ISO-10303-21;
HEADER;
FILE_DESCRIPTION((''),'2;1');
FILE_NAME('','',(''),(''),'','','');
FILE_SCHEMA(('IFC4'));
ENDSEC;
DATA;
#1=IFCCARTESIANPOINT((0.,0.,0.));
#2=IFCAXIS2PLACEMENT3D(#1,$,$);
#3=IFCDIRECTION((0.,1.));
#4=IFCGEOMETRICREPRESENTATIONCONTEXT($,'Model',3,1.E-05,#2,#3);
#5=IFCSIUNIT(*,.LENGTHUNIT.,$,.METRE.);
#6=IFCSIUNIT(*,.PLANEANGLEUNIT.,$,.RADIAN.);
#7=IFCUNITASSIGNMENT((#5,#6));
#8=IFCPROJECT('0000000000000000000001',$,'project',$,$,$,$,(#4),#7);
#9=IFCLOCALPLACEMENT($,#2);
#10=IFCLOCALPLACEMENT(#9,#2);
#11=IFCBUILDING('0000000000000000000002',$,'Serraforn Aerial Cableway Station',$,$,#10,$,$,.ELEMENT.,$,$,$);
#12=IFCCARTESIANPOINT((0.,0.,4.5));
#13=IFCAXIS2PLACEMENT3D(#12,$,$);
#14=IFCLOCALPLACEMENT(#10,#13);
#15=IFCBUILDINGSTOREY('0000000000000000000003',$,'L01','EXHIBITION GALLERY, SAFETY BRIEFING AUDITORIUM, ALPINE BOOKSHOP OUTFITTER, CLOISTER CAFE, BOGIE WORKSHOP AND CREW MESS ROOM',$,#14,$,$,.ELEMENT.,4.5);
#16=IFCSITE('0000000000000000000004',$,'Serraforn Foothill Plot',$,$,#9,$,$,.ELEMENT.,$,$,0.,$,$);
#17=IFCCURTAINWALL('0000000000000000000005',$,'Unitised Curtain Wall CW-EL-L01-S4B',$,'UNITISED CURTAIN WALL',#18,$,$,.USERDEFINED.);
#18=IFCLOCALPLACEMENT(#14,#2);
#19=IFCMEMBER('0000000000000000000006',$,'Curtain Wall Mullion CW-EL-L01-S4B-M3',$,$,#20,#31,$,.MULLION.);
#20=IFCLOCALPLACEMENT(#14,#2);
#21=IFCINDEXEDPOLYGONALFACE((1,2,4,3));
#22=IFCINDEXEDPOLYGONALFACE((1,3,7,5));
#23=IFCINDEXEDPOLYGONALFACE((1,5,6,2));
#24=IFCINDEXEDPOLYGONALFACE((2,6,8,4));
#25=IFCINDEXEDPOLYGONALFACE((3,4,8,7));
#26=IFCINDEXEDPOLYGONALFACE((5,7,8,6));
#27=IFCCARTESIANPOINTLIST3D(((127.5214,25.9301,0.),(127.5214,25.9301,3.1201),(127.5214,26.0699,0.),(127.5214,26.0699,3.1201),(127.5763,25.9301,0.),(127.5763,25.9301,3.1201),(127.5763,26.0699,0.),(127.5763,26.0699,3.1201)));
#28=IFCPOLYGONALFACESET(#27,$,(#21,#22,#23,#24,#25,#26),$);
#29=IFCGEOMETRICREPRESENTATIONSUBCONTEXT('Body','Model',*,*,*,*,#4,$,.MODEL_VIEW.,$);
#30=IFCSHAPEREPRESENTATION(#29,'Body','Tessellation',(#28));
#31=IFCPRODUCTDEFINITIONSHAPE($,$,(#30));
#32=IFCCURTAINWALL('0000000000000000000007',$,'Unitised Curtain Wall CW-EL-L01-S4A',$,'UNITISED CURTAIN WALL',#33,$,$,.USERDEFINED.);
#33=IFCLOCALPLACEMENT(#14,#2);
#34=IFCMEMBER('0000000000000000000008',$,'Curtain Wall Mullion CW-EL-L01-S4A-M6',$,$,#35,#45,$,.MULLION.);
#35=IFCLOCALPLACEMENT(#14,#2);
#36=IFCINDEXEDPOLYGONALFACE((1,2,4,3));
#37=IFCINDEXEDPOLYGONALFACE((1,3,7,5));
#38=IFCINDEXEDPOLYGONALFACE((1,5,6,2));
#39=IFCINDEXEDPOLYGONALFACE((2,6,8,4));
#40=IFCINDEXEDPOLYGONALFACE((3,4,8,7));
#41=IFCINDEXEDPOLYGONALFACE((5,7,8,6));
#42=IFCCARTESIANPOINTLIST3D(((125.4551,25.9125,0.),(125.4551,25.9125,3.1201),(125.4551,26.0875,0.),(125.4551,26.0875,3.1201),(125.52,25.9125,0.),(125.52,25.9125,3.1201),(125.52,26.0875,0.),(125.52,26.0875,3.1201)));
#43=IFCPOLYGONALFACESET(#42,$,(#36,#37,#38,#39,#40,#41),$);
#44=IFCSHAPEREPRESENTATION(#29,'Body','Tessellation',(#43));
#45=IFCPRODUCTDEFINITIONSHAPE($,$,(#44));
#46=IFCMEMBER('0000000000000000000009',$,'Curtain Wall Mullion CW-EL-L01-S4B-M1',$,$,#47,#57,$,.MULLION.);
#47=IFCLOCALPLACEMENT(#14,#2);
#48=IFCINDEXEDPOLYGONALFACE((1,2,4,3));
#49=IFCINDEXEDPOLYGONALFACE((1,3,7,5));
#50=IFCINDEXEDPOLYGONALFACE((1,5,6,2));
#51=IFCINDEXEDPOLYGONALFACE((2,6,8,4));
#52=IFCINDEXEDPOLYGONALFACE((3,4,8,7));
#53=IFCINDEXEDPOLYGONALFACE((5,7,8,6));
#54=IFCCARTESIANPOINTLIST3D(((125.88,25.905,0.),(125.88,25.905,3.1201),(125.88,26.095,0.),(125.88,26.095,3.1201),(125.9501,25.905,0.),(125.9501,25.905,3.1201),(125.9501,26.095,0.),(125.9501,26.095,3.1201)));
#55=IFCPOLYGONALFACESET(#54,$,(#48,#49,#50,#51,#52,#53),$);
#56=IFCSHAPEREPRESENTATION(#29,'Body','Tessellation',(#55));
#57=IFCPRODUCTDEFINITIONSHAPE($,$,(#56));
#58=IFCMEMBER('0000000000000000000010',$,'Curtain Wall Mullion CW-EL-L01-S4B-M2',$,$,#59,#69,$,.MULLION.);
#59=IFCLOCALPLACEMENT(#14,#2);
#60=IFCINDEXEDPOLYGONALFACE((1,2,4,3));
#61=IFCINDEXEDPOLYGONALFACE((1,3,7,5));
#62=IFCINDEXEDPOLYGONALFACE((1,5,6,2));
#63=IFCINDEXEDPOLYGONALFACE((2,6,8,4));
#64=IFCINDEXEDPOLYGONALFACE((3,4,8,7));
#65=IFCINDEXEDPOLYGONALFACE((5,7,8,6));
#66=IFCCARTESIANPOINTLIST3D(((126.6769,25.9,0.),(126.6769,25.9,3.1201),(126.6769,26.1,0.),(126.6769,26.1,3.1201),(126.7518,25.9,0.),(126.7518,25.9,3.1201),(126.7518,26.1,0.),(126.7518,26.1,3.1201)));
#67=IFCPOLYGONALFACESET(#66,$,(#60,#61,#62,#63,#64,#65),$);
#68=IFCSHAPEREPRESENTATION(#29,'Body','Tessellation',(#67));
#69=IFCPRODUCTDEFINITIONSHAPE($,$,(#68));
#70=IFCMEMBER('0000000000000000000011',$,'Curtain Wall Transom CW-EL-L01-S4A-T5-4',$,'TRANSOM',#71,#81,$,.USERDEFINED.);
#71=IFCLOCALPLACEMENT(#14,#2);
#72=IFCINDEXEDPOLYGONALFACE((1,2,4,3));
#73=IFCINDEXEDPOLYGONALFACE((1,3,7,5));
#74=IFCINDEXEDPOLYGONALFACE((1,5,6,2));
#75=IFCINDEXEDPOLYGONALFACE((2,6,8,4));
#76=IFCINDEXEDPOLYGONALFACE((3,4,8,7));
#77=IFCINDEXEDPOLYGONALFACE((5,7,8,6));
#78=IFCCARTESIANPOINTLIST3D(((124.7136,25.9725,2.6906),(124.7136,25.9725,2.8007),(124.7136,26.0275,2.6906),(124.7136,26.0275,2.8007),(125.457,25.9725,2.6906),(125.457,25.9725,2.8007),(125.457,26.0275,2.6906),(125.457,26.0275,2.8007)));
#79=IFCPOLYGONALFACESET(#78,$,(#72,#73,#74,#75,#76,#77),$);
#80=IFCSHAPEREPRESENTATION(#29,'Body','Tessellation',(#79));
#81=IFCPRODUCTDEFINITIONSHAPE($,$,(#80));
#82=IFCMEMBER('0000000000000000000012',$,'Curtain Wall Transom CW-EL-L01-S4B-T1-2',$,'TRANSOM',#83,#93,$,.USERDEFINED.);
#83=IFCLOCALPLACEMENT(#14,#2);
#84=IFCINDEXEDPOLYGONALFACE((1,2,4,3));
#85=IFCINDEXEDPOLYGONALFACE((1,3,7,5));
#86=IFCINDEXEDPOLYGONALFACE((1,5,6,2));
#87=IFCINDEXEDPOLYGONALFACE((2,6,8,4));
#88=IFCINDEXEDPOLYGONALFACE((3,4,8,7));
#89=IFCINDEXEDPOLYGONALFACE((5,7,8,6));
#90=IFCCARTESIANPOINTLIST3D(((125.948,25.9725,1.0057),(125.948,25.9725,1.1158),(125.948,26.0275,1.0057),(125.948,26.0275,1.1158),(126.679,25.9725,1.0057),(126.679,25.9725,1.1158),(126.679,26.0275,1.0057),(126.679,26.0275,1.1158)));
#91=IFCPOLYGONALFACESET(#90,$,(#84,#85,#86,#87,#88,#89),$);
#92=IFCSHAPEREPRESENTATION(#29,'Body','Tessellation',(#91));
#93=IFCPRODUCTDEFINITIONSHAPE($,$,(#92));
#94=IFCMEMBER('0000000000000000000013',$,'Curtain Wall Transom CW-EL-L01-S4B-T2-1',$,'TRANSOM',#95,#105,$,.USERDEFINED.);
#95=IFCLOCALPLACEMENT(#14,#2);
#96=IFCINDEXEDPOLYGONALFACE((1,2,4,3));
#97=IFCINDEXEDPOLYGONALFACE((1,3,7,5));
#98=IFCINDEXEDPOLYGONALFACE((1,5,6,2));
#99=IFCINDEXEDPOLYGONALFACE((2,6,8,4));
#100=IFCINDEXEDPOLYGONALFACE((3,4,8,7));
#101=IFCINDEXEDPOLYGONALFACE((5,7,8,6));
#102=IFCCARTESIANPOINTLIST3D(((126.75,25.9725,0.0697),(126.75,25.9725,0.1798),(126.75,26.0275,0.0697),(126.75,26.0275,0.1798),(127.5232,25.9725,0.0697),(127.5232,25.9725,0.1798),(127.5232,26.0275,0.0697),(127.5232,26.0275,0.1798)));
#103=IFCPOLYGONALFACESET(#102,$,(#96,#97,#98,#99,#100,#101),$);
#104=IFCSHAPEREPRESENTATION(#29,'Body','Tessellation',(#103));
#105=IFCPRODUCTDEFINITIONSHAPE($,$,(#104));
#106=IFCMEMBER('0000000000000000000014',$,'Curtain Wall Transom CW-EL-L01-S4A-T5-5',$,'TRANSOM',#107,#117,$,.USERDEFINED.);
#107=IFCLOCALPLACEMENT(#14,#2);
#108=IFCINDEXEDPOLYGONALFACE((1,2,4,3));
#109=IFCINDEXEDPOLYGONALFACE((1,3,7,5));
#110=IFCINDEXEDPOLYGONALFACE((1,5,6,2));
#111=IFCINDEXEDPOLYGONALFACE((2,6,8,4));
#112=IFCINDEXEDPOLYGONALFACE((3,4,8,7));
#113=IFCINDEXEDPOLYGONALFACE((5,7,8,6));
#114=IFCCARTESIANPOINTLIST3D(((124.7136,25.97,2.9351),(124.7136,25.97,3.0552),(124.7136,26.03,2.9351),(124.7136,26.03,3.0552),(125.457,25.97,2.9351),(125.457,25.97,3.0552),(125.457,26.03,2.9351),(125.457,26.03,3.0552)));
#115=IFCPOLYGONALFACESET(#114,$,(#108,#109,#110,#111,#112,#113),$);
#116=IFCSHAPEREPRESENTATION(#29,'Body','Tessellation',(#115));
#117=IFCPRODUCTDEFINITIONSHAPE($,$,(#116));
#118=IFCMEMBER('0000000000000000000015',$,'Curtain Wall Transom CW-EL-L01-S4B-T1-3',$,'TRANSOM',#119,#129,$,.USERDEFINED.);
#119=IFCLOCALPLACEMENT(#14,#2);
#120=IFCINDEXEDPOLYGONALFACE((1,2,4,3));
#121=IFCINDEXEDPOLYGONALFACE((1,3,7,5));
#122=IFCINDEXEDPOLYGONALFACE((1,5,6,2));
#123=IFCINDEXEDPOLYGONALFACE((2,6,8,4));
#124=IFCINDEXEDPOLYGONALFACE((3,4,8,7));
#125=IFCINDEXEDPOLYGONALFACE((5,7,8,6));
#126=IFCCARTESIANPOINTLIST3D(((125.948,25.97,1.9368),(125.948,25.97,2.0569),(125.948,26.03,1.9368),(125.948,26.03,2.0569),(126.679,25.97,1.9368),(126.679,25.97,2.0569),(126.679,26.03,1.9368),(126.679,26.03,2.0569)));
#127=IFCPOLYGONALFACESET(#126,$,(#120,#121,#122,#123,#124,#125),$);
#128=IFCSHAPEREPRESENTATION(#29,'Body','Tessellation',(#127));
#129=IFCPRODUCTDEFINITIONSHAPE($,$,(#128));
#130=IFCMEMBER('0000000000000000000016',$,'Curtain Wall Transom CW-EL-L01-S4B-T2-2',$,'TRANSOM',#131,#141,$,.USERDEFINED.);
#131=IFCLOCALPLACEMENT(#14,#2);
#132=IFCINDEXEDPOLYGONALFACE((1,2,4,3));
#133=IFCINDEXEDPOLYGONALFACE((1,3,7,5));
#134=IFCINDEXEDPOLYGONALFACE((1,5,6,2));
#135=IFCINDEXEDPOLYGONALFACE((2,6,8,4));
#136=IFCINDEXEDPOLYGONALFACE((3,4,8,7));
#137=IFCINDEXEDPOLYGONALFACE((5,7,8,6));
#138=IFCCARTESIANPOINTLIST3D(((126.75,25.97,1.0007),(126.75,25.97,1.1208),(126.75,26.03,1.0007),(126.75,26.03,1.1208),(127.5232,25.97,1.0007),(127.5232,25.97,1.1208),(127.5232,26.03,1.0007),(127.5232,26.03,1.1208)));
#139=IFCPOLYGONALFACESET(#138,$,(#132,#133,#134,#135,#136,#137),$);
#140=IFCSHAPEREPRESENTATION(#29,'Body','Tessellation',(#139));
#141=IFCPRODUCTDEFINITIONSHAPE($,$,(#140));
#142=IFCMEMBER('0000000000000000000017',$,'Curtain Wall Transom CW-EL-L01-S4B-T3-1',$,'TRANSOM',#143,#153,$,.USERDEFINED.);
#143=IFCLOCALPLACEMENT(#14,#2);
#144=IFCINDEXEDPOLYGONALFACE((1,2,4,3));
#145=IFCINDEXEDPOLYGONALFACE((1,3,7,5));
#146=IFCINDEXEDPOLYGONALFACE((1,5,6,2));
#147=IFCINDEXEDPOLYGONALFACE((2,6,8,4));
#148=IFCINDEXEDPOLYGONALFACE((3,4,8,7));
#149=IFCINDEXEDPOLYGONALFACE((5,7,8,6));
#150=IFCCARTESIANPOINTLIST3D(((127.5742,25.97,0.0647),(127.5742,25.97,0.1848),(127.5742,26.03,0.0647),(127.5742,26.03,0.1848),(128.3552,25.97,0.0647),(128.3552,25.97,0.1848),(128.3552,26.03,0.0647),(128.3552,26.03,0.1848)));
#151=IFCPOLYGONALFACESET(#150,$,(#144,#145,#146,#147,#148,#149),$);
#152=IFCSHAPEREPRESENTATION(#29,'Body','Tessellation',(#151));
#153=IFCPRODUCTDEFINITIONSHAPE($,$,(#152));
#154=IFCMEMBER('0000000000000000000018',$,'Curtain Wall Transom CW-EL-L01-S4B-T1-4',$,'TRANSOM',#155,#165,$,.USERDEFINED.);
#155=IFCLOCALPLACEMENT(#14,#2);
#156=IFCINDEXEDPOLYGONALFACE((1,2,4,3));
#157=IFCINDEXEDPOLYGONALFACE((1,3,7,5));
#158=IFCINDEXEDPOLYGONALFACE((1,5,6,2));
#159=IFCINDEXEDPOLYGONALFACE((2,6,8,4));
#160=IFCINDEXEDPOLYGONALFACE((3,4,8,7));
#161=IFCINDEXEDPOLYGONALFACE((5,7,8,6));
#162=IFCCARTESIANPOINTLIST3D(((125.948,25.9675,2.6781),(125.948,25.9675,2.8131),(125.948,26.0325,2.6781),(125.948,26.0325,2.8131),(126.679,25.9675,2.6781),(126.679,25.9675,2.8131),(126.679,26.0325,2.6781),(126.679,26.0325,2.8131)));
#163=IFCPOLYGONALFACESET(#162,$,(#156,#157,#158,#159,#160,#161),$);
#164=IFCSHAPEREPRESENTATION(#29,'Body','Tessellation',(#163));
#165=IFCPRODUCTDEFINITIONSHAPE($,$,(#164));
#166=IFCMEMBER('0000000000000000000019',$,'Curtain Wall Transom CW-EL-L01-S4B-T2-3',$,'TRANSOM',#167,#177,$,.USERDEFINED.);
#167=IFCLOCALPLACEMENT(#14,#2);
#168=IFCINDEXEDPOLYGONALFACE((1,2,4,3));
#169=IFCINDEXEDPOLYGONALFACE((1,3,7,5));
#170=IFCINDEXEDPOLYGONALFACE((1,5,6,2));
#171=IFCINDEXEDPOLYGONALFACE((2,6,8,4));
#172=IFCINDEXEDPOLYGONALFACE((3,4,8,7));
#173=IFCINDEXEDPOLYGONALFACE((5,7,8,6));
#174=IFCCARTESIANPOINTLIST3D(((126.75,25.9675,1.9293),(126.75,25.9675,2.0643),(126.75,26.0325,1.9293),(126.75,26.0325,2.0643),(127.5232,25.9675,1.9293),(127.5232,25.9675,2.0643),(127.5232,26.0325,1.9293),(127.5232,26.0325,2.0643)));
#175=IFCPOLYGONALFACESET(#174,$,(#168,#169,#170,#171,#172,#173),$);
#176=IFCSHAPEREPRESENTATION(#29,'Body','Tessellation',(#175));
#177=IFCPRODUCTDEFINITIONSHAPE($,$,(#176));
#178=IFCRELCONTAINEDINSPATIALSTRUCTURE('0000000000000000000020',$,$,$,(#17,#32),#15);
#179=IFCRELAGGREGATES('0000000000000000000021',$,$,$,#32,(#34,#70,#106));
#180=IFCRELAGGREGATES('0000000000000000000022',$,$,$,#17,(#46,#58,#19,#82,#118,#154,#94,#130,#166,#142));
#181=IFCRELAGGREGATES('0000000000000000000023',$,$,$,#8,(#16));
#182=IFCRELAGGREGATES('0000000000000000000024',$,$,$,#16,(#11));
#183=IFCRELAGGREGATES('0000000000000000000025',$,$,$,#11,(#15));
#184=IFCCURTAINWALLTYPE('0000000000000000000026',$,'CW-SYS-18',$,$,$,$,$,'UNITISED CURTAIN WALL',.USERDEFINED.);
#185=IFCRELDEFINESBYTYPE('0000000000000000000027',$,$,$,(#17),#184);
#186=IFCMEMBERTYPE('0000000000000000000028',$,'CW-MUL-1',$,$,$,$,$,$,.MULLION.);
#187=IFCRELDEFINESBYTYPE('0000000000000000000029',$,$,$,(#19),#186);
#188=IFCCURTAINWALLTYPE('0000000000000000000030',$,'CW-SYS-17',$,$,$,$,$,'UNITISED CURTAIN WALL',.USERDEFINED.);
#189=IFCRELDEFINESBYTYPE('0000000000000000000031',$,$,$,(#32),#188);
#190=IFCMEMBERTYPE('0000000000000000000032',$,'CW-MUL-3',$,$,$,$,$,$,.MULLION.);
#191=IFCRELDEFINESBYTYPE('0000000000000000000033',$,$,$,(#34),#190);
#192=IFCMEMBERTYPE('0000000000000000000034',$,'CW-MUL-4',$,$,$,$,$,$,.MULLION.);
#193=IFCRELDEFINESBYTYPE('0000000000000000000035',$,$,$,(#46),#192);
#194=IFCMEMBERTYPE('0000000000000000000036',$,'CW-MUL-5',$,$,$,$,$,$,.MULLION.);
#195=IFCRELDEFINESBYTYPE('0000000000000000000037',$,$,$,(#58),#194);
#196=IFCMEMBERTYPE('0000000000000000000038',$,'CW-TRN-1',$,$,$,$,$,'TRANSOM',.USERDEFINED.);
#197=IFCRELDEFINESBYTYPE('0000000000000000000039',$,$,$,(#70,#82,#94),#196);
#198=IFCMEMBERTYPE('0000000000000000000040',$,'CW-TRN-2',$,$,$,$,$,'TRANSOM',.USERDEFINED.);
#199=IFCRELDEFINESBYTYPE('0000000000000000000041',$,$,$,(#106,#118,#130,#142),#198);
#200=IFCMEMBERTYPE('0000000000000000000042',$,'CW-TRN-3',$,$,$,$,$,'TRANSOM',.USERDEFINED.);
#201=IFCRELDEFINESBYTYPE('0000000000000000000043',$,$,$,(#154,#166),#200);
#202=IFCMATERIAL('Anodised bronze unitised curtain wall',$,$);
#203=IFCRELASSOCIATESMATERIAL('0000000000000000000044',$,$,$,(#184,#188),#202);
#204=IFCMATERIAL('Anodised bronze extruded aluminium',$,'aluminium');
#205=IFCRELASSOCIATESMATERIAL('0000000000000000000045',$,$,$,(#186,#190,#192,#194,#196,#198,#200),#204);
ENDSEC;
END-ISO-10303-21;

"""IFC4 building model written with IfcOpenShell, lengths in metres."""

from ifc_helpers import new_model, si_unit, direction, frame, origin, origin_2d, place, context, subcontext, project, spatial, rectangle, extrude, material, material_profile, profile_set, type_object, element, aggregate, save


model = new_model("IFC4")

# Units and contexts
model_context = context("Model", 3, precision=1e-05, world=origin(), true_north=direction((0.0, 1.0)))
body_context = subcontext(model_context, "Body", "Model", "MODEL_VIEW")
ifc_project = project(units=[si_unit("LENGTHUNIT", "METRE"), si_unit("PLANEANGLEUNIT", "RADIAN")], contexts=[model_context])

# Site, building, storey
site_placement = place(None, origin())
site = spatial("IfcSite", under=ifc_project, at=site_placement, Name="Serraforn Foothill Plot", CompositionType="ELEMENT", RefElevation=0.0)
building_placement = place(site_placement, origin())
building = spatial("IfcBuilding", under=site, at=building_placement, Name="Serraforn Aerial Cableway Station", CompositionType="ELEMENT")
storey_placement = place(building_placement, frame((0.0, 0.0, 4.5)))
storey = spatial("IfcBuildingStorey", under=building, at=storey_placement, Name="L01", Description="EXHIBITION GALLERY, SAFETY BRIEFING AUDITORIUM, ALPINE BOOKSHOP OUTFITTER, CLOISTER CAFE, BOGIE WORKSHOP AND CREW MESS ROOM", CompositionType="ELEMENT", Elevation=4.5)

# Curtain walls, members
ifc_material_1 = material(Name="Anodised bronze unitised curtain wall")
curtain_wall_type_1 = type_object("IfcCurtainWallType", Name="CW-SYS-18", ElementType="UNITISED CURTAIN WALL", PredefinedType="USERDEFINED", material=ifc_material_1)
curtain_wall_1_placement = place(storey_placement, origin())
curtain_wall_1 = element("IfcCurtainWall", 1, at=curtain_wall_1_placement, inside=storey, type_object=curtain_wall_type_1, Name="Unitised Curtain Wall CW-EL-L01-S4B", ObjectType="UNITISED CURTAIN WALL", PredefinedType="USERDEFINED")
ifc_material_2 = material(Name="Anodised bronze extruded aluminium", Category="aluminium")
ifc_material_profile_1 = material_profile(ifc_material_2, rectangle(XDim=0.0549, YDim=0.1399, at=origin_2d()), Name="CW MULLION 55x140")
ifc_profile_set_1 = profile_set([ifc_material_profile_1], Name="Anodised bronze extruded aluminium")
member_type_1 = type_object("IfcMemberType", Name="CW-MUL-1", PredefinedType="MULLION", material=ifc_profile_set_1)
member_1_placement = place(storey_placement, frame((127.5488, 26.0, 0.0), z_axis=(0.0, 0.0, 1.0), x_axis=(1.0, 0.0, 0.0)))
member_1 = element("IfcMember", 2, at=member_1_placement, type_object=member_type_1, Name="Curtain Wall Mullion CW-EL-L01-S4B-M3", PredefinedType="MULLION", context=body_context, shape_type="SweptSolid", body=[
    extrude(rectangle(XDim=0.0549, YDim=0.1399, at=origin_2d()), origin(), (0.0, 0.0, 1.0), 3.1201),
])
curtain_wall_type_2 = type_object("IfcCurtainWallType", Name="CW-SYS-17", ElementType="UNITISED CURTAIN WALL", PredefinedType="USERDEFINED", material=ifc_material_1)
curtain_wall_2_placement = place(storey_placement, origin())
curtain_wall_2 = element("IfcCurtainWall", 3, at=curtain_wall_2_placement, inside=storey, type_object=curtain_wall_type_2, Name="Unitised Curtain Wall CW-EL-L01-S4A", ObjectType="UNITISED CURTAIN WALL", PredefinedType="USERDEFINED")
ifc_material_profile_2 = material_profile(ifc_material_2, rectangle(XDim=0.0649, YDim=0.175, at=origin_2d()), Name="CW MULLION 65x175")
ifc_profile_set_2 = profile_set([ifc_material_profile_2], Name="Anodised bronze extruded aluminium")
member_type_2 = type_object("IfcMemberType", Name="CW-MUL-3", PredefinedType="MULLION", material=ifc_profile_set_2)
member_2_placement = place(storey_placement, frame((125.4875, 26.0, 0.0), z_axis=(0.0, 0.0, 1.0), x_axis=(1.0, 0.0, 0.0)))
member_2 = element("IfcMember", 4, at=member_2_placement, type_object=member_type_2, Name="Curtain Wall Mullion CW-EL-L01-S4A-M6", PredefinedType="MULLION", context=body_context, shape_type="SweptSolid", body=[
    extrude(rectangle(XDim=0.0649, YDim=0.175, at=origin_2d()), origin(), (0.0, 0.0, 1.0), 3.1201),
])

# Members
ifc_material_profile_3 = material_profile(ifc_material_2, rectangle(XDim=0.0701, YDim=0.1899, at=origin_2d()), Name="CW MULLION 70x190")
ifc_profile_set_3 = profile_set([ifc_material_profile_3], Name="Anodised bronze extruded aluminium")
member_type_3 = type_object("IfcMemberType", Name="CW-MUL-4", PredefinedType="MULLION", material=ifc_profile_set_3)
member_3_placement = place(storey_placement, frame((125.915, 26.0, 0.0), z_axis=(0.0, 0.0, 1.0), x_axis=(1.0, 0.0, 0.0)))
member_3 = element("IfcMember", 5, at=member_3_placement, type_object=member_type_3, Name="Curtain Wall Mullion CW-EL-L01-S4B-M1", PredefinedType="MULLION", context=body_context, shape_type="SweptSolid", body=[
    extrude(rectangle(XDim=0.0701, YDim=0.1899, at=origin_2d()), origin(), (0.0, 0.0, 1.0), 3.1201),
])
ifc_material_profile_4 = material_profile(ifc_material_2, rectangle(XDim=0.075, YDim=0.2, at=origin_2d()), Name="CW MULLION 75x200")
ifc_profile_set_4 = profile_set([ifc_material_profile_4], Name="Anodised bronze extruded aluminium")
member_type_4 = type_object("IfcMemberType", Name="CW-MUL-5", PredefinedType="MULLION", material=ifc_profile_set_4)
member_4_placement = place(storey_placement, frame((126.7144, 26.0, 0.0), z_axis=(0.0, 0.0, 1.0), x_axis=(1.0, 0.0, 0.0)))
member_4 = element("IfcMember", 6, at=member_4_placement, type_object=member_type_4, Name="Curtain Wall Mullion CW-EL-L01-S4B-M2", PredefinedType="MULLION", context=body_context, shape_type="SweptSolid", body=[
    extrude(rectangle(XDim=0.075, YDim=0.2, at=origin_2d()), origin(), (0.0, 0.0, 1.0), 3.1201),
])
ifc_material_profile_5 = material_profile(ifc_material_2, rectangle(XDim=0.0549, YDim=0.1101, at=origin_2d()), Name="CW TRANSOM 55x110")
ifc_profile_set_5 = profile_set([ifc_material_profile_5], Name="Anodised bronze extruded aluminium")
member_type_5 = type_object("IfcMemberType", Name="CW-TRN-1", ElementType="TRANSOM", PredefinedType="USERDEFINED", material=ifc_profile_set_5)
member_5_placement = place(storey_placement, frame((124.7136, 26.0, 2.7456), z_axis=(1.0, 0.0, 0.0), x_axis=(0.0, 1.0, 0.0)))
member_5 = element("IfcMember", 7, at=member_5_placement, type_object=member_type_5, Name="Curtain Wall Transom CW-EL-L01-S4A-T5-4", ObjectType="TRANSOM", PredefinedType="USERDEFINED", context=body_context, shape_type="SweptSolid", body=[
    extrude(rectangle(XDim=0.0549, YDim=0.1101, at=origin_2d()), origin(), (0.0, 0.0, 1.0), 0.7434),
])
member_6_placement = place(storey_placement, frame((125.948, 26.0, 1.0608), z_axis=(1.0, 0.0, 0.0), x_axis=(0.0, 1.0, 0.0)))
member_6 = element("IfcMember", 8, at=member_6_placement, type_object=member_type_5, Name="Curtain Wall Transom CW-EL-L01-S4B-T1-2", ObjectType="TRANSOM", PredefinedType="USERDEFINED", context=body_context, shape_type="SweptSolid", body=[
    extrude(rectangle(XDim=0.0549, YDim=0.1101, at=origin_2d()), origin(), (0.0, 0.0, 1.0), 0.731),
])
member_7_placement = place(storey_placement, frame((126.75, 26.0, 0.1248), z_axis=(1.0, 0.0, 0.0), x_axis=(0.0, 1.0, 0.0)))
member_7 = element("IfcMember", 9, at=member_7_placement, type_object=member_type_5, Name="Curtain Wall Transom CW-EL-L01-S4B-T2-1", ObjectType="TRANSOM", PredefinedType="USERDEFINED", context=body_context, shape_type="SweptSolid", body=[
    extrude(rectangle(XDim=0.0549, YDim=0.1101, at=origin_2d()), origin(), (0.0, 0.0, 1.0), 0.7732),
])
ifc_material_profile_6 = material_profile(ifc_material_2, rectangle(XDim=0.0601, YDim=0.1201, at=origin_2d()), Name="CW TRANSOM 60x120")
ifc_profile_set_6 = profile_set([ifc_material_profile_6], Name="Anodised bronze extruded aluminium")
member_type_6 = type_object("IfcMemberType", Name="CW-TRN-2", ElementType="TRANSOM", PredefinedType="USERDEFINED", material=ifc_profile_set_6)
member_8_placement = place(storey_placement, frame((124.7136, 26.0, 2.9951), z_axis=(1.0, 0.0, 0.0), x_axis=(0.0, 1.0, 0.0)))
member_8 = element("IfcMember", 10, at=member_8_placement, type_object=member_type_6, Name="Curtain Wall Transom CW-EL-L01-S4A-T5-5", ObjectType="TRANSOM", PredefinedType="USERDEFINED", context=body_context, shape_type="SweptSolid", body=[
    extrude(rectangle(XDim=0.0601, YDim=0.1201, at=origin_2d()), origin(), (0.0, 0.0, 1.0), 0.7434),
])
member_9_placement = place(storey_placement, frame((125.948, 26.0, 1.9968), z_axis=(1.0, 0.0, 0.0), x_axis=(0.0, 1.0, 0.0)))
member_9 = element("IfcMember", 11, at=member_9_placement, type_object=member_type_6, Name="Curtain Wall Transom CW-EL-L01-S4B-T1-3", ObjectType="TRANSOM", PredefinedType="USERDEFINED", context=body_context, shape_type="SweptSolid", body=[
    extrude(rectangle(XDim=0.0601, YDim=0.1201, at=origin_2d()), origin(), (0.0, 0.0, 1.0), 0.731),
])
member_10_placement = place(storey_placement, frame((126.75, 26.0, 1.0608), z_axis=(1.0, 0.0, 0.0), x_axis=(0.0, 1.0, 0.0)))
member_10 = element("IfcMember", 12, at=member_10_placement, type_object=member_type_6, Name="Curtain Wall Transom CW-EL-L01-S4B-T2-2", ObjectType="TRANSOM", PredefinedType="USERDEFINED", context=body_context, shape_type="SweptSolid", body=[
    extrude(rectangle(XDim=0.0601, YDim=0.1201, at=origin_2d()), origin(), (0.0, 0.0, 1.0), 0.7732),
])
member_11_placement = place(storey_placement, frame((127.5742, 26.0, 0.1248), z_axis=(1.0, 0.0, 0.0), x_axis=(0.0, 1.0, 0.0)))
member_11 = element("IfcMember", 13, at=member_11_placement, type_object=member_type_6, Name="Curtain Wall Transom CW-EL-L01-S4B-T3-1", ObjectType="TRANSOM", PredefinedType="USERDEFINED", context=body_context, shape_type="SweptSolid", body=[
    extrude(rectangle(XDim=0.0601, YDim=0.1201, at=origin_2d()), origin(), (0.0, 0.0, 1.0), 0.781),
])
ifc_material_profile_7 = material_profile(ifc_material_2, rectangle(XDim=0.0649, YDim=0.135, at=origin_2d()), Name="CW TRANSOM 65x135")
ifc_profile_set_7 = profile_set([ifc_material_profile_7], Name="Anodised bronze extruded aluminium")
member_type_7 = type_object("IfcMemberType", Name="CW-TRN-3", ElementType="TRANSOM", PredefinedType="USERDEFINED", material=ifc_profile_set_7)
member_12_placement = place(storey_placement, frame((125.948, 26.0, 2.7456), z_axis=(1.0, 0.0, 0.0), x_axis=(0.0, 1.0, 0.0)))
member_12 = element("IfcMember", 14, at=member_12_placement, type_object=member_type_7, Name="Curtain Wall Transom CW-EL-L01-S4B-T1-4", ObjectType="TRANSOM", PredefinedType="USERDEFINED", context=body_context, shape_type="SweptSolid", body=[
    extrude(rectangle(XDim=0.0649, YDim=0.135, at=origin_2d()), origin(), (0.0, 0.0, 1.0), 0.731),
])
member_13_placement = place(storey_placement, frame((126.75, 26.0, 1.9968), z_axis=(1.0, 0.0, 0.0), x_axis=(0.0, 1.0, 0.0)))
member_13 = element("IfcMember", 15, at=member_13_placement, type_object=member_type_7, Name="Curtain Wall Transom CW-EL-L01-S4B-T2-3", ObjectType="TRANSOM", PredefinedType="USERDEFINED", context=body_context, shape_type="SweptSolid", body=[
    extrude(rectangle(XDim=0.0649, YDim=0.135, at=origin_2d()), origin(), (0.0, 0.0, 1.0), 0.7732),
])

aggregate(curtain_wall_2, [member_2, member_5, member_8])
aggregate(curtain_wall_1, [member_3, member_4, member_1, member_6, member_9, member_12, member_7, member_10, member_13, member_11])

save(model, "model.ifc")
